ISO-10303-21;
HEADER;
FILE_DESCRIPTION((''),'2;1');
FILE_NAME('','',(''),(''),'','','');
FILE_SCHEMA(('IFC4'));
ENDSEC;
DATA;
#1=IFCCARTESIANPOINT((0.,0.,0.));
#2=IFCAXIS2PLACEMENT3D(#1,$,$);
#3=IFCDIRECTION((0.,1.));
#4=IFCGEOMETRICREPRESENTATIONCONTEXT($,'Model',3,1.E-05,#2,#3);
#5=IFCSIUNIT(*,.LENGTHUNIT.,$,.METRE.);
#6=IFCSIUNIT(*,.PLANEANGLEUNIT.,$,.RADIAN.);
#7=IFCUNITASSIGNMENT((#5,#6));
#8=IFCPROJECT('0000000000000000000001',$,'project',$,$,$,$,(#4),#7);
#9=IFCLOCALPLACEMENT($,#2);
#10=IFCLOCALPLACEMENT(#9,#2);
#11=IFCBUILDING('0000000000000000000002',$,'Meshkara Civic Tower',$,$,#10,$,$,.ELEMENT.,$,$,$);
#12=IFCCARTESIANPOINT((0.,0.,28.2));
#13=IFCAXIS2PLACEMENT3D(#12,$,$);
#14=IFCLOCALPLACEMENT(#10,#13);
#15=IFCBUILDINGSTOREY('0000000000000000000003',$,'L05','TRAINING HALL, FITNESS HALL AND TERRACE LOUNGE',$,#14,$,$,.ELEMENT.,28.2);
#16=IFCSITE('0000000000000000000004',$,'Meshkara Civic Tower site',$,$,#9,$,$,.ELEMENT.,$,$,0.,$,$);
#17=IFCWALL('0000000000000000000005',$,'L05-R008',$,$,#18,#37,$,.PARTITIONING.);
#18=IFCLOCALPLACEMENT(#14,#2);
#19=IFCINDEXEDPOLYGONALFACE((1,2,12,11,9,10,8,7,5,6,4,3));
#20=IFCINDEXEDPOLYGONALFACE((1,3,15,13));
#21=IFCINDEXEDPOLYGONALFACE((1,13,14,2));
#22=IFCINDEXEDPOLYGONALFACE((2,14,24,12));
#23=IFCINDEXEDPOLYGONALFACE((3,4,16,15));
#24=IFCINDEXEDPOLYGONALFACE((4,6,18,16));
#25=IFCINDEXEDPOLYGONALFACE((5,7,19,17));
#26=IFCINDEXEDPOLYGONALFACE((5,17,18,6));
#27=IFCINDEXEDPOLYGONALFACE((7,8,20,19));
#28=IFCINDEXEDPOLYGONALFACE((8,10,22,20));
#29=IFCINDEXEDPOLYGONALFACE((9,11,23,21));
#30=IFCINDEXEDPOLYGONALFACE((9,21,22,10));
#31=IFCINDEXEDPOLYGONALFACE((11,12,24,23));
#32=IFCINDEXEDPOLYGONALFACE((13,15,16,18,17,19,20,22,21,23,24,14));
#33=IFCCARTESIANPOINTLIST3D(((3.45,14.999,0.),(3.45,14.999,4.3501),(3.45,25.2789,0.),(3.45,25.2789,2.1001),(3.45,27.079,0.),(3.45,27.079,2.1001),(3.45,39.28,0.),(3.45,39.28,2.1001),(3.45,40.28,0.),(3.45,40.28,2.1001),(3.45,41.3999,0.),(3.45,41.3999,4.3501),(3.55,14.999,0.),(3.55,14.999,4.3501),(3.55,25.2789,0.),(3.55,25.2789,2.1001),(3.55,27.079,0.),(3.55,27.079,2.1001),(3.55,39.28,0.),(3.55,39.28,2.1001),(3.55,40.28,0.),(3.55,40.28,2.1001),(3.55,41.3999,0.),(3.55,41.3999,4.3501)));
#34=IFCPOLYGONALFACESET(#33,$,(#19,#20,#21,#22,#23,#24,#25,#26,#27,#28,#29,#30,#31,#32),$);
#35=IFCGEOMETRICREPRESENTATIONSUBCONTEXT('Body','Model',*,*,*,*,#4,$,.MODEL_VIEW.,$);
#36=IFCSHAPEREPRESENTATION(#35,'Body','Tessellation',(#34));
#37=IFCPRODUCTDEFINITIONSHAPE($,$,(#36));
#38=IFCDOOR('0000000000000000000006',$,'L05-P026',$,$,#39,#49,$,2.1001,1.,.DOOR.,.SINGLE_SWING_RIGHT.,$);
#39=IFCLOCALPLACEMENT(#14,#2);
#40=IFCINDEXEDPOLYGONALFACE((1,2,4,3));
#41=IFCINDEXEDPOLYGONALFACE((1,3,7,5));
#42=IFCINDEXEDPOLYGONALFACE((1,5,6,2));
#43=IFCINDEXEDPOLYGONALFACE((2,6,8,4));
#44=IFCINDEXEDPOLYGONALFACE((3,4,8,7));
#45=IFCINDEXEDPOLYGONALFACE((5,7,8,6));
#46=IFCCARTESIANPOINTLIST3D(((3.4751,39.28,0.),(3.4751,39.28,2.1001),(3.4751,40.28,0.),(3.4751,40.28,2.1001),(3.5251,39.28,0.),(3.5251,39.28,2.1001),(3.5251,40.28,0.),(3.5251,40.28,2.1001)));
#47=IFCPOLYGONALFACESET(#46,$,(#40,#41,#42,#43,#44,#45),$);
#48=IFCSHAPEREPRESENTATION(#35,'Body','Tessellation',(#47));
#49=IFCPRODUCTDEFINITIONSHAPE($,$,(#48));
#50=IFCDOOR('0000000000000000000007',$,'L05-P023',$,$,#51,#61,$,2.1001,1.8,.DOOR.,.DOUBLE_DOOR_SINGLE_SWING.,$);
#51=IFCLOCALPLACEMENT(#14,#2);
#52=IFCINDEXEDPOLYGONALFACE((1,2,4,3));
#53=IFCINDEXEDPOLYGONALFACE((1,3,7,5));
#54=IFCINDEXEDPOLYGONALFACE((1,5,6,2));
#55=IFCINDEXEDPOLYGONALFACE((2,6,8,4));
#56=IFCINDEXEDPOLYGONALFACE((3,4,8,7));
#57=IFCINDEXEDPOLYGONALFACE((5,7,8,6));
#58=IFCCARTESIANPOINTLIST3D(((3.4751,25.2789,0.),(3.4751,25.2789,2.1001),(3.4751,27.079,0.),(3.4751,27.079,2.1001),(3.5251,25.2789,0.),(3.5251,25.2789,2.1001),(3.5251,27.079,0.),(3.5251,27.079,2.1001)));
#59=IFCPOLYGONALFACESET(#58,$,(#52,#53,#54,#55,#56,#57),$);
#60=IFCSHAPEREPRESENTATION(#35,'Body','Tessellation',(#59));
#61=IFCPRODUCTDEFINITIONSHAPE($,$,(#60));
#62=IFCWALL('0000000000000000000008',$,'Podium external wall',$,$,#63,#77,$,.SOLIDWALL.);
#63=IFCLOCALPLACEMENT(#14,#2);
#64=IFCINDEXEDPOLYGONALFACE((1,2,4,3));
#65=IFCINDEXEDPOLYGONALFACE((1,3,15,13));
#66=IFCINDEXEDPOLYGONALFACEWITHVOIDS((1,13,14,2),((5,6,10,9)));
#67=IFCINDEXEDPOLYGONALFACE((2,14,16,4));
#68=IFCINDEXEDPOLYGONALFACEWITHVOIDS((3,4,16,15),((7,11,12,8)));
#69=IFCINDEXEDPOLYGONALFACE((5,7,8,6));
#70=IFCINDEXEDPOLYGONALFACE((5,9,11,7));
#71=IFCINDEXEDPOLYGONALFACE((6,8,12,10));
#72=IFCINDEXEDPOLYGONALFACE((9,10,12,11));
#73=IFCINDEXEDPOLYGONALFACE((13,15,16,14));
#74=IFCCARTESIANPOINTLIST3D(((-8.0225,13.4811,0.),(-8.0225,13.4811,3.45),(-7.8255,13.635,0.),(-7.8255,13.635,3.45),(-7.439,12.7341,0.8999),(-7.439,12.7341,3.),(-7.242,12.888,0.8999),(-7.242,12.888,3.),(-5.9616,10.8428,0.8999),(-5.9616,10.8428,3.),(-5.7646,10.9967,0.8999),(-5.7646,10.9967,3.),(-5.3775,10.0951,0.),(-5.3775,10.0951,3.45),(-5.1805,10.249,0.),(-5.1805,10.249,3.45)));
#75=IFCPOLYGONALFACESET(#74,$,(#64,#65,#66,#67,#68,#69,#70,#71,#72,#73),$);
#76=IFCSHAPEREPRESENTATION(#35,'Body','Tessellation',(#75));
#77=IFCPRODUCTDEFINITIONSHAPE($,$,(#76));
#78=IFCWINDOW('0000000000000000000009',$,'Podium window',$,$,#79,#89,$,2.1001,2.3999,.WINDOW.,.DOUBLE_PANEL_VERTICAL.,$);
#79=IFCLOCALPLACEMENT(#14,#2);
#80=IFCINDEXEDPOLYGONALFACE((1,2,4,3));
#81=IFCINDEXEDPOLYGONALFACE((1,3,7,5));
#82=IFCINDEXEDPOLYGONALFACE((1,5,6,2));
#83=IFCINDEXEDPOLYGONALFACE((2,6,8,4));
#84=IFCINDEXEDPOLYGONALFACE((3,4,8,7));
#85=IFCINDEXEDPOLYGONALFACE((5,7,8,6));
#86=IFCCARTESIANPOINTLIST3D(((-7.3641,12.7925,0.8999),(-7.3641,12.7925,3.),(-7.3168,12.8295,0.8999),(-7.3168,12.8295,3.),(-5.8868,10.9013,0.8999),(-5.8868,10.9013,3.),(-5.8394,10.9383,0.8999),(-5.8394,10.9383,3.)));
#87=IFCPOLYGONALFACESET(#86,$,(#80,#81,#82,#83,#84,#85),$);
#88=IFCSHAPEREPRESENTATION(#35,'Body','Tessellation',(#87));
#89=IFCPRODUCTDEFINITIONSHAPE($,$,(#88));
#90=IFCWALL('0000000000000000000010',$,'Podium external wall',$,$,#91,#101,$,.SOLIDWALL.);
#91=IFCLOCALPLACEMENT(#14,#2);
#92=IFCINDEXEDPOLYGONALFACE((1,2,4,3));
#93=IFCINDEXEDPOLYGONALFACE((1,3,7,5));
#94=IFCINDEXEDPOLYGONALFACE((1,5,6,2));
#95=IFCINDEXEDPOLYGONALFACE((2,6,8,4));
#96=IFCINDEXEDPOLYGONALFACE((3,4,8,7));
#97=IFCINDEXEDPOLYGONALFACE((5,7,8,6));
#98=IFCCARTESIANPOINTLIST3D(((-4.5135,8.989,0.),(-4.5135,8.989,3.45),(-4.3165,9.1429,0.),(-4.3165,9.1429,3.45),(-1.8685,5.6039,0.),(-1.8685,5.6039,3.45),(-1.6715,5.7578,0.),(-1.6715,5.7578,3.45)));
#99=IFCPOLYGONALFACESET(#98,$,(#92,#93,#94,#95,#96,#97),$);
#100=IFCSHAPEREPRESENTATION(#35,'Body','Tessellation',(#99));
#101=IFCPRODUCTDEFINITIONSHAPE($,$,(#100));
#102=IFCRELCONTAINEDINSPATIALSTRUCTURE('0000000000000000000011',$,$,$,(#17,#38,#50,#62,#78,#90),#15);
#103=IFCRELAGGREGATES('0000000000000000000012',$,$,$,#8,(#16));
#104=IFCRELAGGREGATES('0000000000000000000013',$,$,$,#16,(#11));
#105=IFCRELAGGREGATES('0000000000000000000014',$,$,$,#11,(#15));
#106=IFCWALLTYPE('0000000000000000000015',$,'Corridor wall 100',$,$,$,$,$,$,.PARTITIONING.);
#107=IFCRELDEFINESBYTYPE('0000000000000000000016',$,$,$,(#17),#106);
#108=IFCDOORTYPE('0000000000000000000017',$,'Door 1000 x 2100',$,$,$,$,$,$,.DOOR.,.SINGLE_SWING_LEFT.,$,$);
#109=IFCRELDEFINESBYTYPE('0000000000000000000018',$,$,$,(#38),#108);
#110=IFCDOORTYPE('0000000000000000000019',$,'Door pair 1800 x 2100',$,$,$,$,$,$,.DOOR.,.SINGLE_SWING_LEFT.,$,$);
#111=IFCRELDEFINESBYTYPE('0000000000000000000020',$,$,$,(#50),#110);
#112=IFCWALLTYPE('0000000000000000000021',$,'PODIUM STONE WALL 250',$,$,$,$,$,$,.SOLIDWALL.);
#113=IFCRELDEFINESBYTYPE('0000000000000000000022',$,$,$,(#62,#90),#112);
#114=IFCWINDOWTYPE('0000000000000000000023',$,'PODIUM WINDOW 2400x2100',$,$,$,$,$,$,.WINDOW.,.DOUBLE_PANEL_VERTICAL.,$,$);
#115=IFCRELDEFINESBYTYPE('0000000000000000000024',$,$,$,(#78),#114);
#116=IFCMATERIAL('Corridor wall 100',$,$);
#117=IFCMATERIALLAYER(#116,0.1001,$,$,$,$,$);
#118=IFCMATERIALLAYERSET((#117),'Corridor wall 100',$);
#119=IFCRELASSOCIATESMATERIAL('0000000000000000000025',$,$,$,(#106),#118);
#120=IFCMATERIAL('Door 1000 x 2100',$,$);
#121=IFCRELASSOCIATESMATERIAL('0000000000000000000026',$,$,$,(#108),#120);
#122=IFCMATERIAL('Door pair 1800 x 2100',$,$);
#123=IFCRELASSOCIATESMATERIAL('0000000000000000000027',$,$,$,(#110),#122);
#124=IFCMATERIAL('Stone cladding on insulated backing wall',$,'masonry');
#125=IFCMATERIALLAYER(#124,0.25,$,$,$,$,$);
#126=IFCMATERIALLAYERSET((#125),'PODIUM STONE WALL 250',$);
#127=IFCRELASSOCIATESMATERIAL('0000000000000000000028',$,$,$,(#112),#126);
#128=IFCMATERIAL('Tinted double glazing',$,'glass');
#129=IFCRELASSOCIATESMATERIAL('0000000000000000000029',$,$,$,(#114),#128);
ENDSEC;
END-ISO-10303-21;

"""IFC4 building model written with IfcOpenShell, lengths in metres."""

from ifc_helpers import new_model, si_unit, direction, frame, frame_2d, origin, place, context, subcontext, project, spatial, rectangle, extrude, material, layer, layer_set, type_object, element, fill, save


model = new_model("IFC4")

# Units and contexts
model_context = context("Model", 3, precision=1e-05, world=origin(), true_north=direction((0.0, 1.0)))
body_context = subcontext(model_context, "Body", "Model", "MODEL_VIEW")
ifc_project = project(units=[si_unit("LENGTHUNIT", "METRE"), si_unit("PLANEANGLEUNIT", "RADIAN")], contexts=[model_context])

# Site, building, storey
site_placement = place(None, origin())
site = spatial("IfcSite", under=ifc_project, at=site_placement, Name="Meshkara Civic Tower site", CompositionType="ELEMENT", RefElevation=0.0)
building_placement = place(site_placement, origin())
building = spatial("IfcBuilding", under=site, at=building_placement, Name="Meshkara Civic Tower", CompositionType="ELEMENT")
storey_placement = place(building_placement, frame((0.0, 0.0, 28.2)))
storey = spatial("IfcBuildingStorey", under=building, at=storey_placement, Name="L05", Description="TRAINING HALL, FITNESS HALL AND TERRACE LOUNGE", CompositionType="ELEMENT", Elevation=28.2)

# Shared definitions
ifc_material_1 = material(Name="Corridor wall 100")
ifc_layer_1 = layer(ifc_material_1, 0.1001)
ifc_layer_set_1 = layer_set([ifc_layer_1], Name="Corridor wall 100")
wall_type_1 = type_object("IfcWallType", Name="Corridor wall 100", PredefinedType="PARTITIONING", material=ifc_layer_set_1)

# Shared definitions
ifc_material_2 = material(Name="Door 1000 x 2100")
door_type_1 = type_object("IfcDoorType", Name="Door 1000 x 2100", OperationType="SINGLE_SWING_LEFT", PredefinedType="DOOR", material=ifc_material_2)

# Wall, openings, doors
wall_1_placement = place(storey_placement, frame((3.5, 14.999, 0.0), z_axis=(0.0, 0.0, 1.0), x_axis=(0.0, 1.0, 0.0)))
wall_1 = element("IfcWall", 1, at=wall_1_placement, inside=storey, type_object=wall_type_1, Name="L05-R008", PredefinedType="PARTITIONING", context=body_context, shape_type="SweptSolid", body=[
    extrude(rectangle(XDim=26.4009, YDim=0.1001, at=frame_2d((13.2004, 0.0))), origin(), (0.0, 0.0, 1.0), 4.3501),
])
opening_1_placement = place(wall_1_placement, frame((10.28, 0.0, 0.0)))
opening_1 = element("IfcOpeningElement", 2, at=opening_1_placement, cuts=wall_1, PredefinedType="OPENING", context=body_context, shape_type="SweptSolid", body=[
    extrude(rectangle(XDim=1.8, YDim=2.1001, at=frame_2d((0.8999, 1.05))), frame((0.0, 0.0601, 0.0), z_axis=(0.0, -1.0, 0.0), x_axis=(1.0, 0.0, 0.0)), (0.0, 0.0, 1.0), 0.1201),
])
opening_2_placement = place(wall_1_placement, frame((24.281, 0.0, 0.0)))
opening_2 = element("IfcOpeningElement", 3, at=opening_2_placement, cuts=wall_1, PredefinedType="OPENING", context=body_context, shape_type="SweptSolid", body=[
    extrude(rectangle(XDim=1.0, YDim=2.1001, at=frame_2d((0.5, 1.05))), frame((0.0, 0.0601, 0.0), z_axis=(0.0, -1.0, 0.0), x_axis=(1.0, 0.0, 0.0)), (0.0, 0.0, 1.0), 0.1201),
])
door_1_placement = place(opening_2_placement, origin())
door_1 = element("IfcDoor", 4, at=door_1_placement, inside=storey, type_object=door_type_1, Name="L05-P026", OperationType="SINGLE_SWING_RIGHT", OverallHeight=2.1001, OverallWidth=1.0, PredefinedType="DOOR", context=body_context, shape_type="SweptSolid", body=[
    extrude(rectangle(XDim=1.0, YDim=2.1001, at=frame_2d((0.5, 1.05))), frame((0.0, 0.0249, 0.0), z_axis=(0.0, -1.0, 0.0), x_axis=(1.0, 0.0, 0.0)), (0.0, 0.0, 1.0), 0.05),
])
fill(opening_2, door_1)
ifc_material_3 = material(Name="Door pair 1800 x 2100")
door_type_2 = type_object("IfcDoorType", Name="Door pair 1800 x 2100", OperationType="SINGLE_SWING_LEFT", PredefinedType="DOOR", material=ifc_material_3)
door_2_placement = place(opening_1_placement, origin())
door_2 = element("IfcDoor", 5, at=door_2_placement, inside=storey, type_object=door_type_2, Name="L05-P023", OperationType="DOUBLE_DOOR_SINGLE_SWING", OverallHeight=2.1001, OverallWidth=1.8, PredefinedType="DOOR", context=body_context, shape_type="SweptSolid", body=[
    extrude(rectangle(XDim=1.8, YDim=2.1001, at=frame_2d((0.8999, 1.05))), frame((0.0, 0.0249, 0.0), z_axis=(0.0, -1.0, 0.0), x_axis=(1.0, 0.0, 0.0)), (0.0, 0.0, 1.0), 0.05),
])
fill(opening_1, door_2)

# Wall, opening, window
ifc_material_4 = material(Name="Stone cladding on insulated backing wall", Category="masonry")
ifc_layer_2 = layer(ifc_material_4, 0.25)
ifc_layer_set_2 = layer_set([ifc_layer_2], Name="PODIUM STONE WALL 250")
wall_type_2 = type_object("IfcWallType", Name="PODIUM STONE WALL 250", PredefinedType="SOLIDWALL", material=ifc_layer_set_2)
wall_2_placement = place(storey_placement, frame((-7.9241, 13.5581, 0.0), z_axis=(0.0, 0.0, 1.0), x_axis=(0.615603, -0.788056, 0.0)))
wall_2 = element("IfcWall", 6, at=wall_2_placement, inside=storey, type_object=wall_type_2, Name="Podium external wall", PredefinedType="SOLIDWALL", context=body_context, shape_type="SweptSolid", body=[
    extrude(rectangle(XDim=4.2966, YDim=0.25, at=frame_2d((2.1484, 0.0))), origin(), (0.0, 0.0, 1.0), 3.45),
])
opening_3_placement = place(wall_2_placement, frame((0.948, 0.0, 0.8999)))
opening_3 = element("IfcOpeningElement", 7, at=opening_3_placement, cuts=wall_2, PredefinedType="OPENING", context=body_context, shape_type="SweptSolid", body=[
    extrude(rectangle(XDim=2.3999, YDim=2.1001, at=frame_2d((1.2, 1.05))), frame((0.0, 0.135, 0.0), z_axis=(0.0, -1.0, 0.0), x_axis=(1.0, 0.0, 0.0)), (0.0, 0.0, 1.0), 0.27),
])
ifc_material_5 = material(Name="Tinted double glazing", Category="glass")
window_type = type_object("IfcWindowType", Name="PODIUM WINDOW 2400x2100", PartitioningType="DOUBLE_PANEL_VERTICAL", PredefinedType="WINDOW", material=ifc_material_5)
window_placement = place(opening_3_placement, origin())
window = element("IfcWindow", 8, at=window_placement, inside=storey, type_object=window_type, Name="Podium window", OverallHeight=2.1001, OverallWidth=2.3999, PartitioningType="DOUBLE_PANEL_VERTICAL", PredefinedType="WINDOW", context=body_context, shape_type="SweptSolid", body=[
    extrude(rectangle(XDim=2.3999, YDim=2.1001, at=frame_2d((1.2, 1.05))), frame((0.0, 0.03, 0.0), z_axis=(0.0, -1.0, 0.0), x_axis=(1.0, 0.0, 0.0)), (0.0, 0.0, 1.0), 0.0601),
])
fill(opening_3, window)

# Wall
wall_3_placement = place(storey_placement, frame((-4.415, 9.0659, 0.0), z_axis=(0.0, 0.0, 1.0), x_axis=(0.615714, -0.78797, 0.0)))
element("IfcWall", 9, at=wall_3_placement, inside=storey, type_object=wall_type_2, Name="Podium external wall", PredefinedType="SOLIDWALL", context=body_context, shape_type="SweptSolid", body=[
    extrude(rectangle(XDim=4.2959, YDim=0.25, at=frame_2d((2.1479, 0.0))), origin(), (0.0, 0.0, 1.0), 3.45),
])

save(model, "model.ifc")
